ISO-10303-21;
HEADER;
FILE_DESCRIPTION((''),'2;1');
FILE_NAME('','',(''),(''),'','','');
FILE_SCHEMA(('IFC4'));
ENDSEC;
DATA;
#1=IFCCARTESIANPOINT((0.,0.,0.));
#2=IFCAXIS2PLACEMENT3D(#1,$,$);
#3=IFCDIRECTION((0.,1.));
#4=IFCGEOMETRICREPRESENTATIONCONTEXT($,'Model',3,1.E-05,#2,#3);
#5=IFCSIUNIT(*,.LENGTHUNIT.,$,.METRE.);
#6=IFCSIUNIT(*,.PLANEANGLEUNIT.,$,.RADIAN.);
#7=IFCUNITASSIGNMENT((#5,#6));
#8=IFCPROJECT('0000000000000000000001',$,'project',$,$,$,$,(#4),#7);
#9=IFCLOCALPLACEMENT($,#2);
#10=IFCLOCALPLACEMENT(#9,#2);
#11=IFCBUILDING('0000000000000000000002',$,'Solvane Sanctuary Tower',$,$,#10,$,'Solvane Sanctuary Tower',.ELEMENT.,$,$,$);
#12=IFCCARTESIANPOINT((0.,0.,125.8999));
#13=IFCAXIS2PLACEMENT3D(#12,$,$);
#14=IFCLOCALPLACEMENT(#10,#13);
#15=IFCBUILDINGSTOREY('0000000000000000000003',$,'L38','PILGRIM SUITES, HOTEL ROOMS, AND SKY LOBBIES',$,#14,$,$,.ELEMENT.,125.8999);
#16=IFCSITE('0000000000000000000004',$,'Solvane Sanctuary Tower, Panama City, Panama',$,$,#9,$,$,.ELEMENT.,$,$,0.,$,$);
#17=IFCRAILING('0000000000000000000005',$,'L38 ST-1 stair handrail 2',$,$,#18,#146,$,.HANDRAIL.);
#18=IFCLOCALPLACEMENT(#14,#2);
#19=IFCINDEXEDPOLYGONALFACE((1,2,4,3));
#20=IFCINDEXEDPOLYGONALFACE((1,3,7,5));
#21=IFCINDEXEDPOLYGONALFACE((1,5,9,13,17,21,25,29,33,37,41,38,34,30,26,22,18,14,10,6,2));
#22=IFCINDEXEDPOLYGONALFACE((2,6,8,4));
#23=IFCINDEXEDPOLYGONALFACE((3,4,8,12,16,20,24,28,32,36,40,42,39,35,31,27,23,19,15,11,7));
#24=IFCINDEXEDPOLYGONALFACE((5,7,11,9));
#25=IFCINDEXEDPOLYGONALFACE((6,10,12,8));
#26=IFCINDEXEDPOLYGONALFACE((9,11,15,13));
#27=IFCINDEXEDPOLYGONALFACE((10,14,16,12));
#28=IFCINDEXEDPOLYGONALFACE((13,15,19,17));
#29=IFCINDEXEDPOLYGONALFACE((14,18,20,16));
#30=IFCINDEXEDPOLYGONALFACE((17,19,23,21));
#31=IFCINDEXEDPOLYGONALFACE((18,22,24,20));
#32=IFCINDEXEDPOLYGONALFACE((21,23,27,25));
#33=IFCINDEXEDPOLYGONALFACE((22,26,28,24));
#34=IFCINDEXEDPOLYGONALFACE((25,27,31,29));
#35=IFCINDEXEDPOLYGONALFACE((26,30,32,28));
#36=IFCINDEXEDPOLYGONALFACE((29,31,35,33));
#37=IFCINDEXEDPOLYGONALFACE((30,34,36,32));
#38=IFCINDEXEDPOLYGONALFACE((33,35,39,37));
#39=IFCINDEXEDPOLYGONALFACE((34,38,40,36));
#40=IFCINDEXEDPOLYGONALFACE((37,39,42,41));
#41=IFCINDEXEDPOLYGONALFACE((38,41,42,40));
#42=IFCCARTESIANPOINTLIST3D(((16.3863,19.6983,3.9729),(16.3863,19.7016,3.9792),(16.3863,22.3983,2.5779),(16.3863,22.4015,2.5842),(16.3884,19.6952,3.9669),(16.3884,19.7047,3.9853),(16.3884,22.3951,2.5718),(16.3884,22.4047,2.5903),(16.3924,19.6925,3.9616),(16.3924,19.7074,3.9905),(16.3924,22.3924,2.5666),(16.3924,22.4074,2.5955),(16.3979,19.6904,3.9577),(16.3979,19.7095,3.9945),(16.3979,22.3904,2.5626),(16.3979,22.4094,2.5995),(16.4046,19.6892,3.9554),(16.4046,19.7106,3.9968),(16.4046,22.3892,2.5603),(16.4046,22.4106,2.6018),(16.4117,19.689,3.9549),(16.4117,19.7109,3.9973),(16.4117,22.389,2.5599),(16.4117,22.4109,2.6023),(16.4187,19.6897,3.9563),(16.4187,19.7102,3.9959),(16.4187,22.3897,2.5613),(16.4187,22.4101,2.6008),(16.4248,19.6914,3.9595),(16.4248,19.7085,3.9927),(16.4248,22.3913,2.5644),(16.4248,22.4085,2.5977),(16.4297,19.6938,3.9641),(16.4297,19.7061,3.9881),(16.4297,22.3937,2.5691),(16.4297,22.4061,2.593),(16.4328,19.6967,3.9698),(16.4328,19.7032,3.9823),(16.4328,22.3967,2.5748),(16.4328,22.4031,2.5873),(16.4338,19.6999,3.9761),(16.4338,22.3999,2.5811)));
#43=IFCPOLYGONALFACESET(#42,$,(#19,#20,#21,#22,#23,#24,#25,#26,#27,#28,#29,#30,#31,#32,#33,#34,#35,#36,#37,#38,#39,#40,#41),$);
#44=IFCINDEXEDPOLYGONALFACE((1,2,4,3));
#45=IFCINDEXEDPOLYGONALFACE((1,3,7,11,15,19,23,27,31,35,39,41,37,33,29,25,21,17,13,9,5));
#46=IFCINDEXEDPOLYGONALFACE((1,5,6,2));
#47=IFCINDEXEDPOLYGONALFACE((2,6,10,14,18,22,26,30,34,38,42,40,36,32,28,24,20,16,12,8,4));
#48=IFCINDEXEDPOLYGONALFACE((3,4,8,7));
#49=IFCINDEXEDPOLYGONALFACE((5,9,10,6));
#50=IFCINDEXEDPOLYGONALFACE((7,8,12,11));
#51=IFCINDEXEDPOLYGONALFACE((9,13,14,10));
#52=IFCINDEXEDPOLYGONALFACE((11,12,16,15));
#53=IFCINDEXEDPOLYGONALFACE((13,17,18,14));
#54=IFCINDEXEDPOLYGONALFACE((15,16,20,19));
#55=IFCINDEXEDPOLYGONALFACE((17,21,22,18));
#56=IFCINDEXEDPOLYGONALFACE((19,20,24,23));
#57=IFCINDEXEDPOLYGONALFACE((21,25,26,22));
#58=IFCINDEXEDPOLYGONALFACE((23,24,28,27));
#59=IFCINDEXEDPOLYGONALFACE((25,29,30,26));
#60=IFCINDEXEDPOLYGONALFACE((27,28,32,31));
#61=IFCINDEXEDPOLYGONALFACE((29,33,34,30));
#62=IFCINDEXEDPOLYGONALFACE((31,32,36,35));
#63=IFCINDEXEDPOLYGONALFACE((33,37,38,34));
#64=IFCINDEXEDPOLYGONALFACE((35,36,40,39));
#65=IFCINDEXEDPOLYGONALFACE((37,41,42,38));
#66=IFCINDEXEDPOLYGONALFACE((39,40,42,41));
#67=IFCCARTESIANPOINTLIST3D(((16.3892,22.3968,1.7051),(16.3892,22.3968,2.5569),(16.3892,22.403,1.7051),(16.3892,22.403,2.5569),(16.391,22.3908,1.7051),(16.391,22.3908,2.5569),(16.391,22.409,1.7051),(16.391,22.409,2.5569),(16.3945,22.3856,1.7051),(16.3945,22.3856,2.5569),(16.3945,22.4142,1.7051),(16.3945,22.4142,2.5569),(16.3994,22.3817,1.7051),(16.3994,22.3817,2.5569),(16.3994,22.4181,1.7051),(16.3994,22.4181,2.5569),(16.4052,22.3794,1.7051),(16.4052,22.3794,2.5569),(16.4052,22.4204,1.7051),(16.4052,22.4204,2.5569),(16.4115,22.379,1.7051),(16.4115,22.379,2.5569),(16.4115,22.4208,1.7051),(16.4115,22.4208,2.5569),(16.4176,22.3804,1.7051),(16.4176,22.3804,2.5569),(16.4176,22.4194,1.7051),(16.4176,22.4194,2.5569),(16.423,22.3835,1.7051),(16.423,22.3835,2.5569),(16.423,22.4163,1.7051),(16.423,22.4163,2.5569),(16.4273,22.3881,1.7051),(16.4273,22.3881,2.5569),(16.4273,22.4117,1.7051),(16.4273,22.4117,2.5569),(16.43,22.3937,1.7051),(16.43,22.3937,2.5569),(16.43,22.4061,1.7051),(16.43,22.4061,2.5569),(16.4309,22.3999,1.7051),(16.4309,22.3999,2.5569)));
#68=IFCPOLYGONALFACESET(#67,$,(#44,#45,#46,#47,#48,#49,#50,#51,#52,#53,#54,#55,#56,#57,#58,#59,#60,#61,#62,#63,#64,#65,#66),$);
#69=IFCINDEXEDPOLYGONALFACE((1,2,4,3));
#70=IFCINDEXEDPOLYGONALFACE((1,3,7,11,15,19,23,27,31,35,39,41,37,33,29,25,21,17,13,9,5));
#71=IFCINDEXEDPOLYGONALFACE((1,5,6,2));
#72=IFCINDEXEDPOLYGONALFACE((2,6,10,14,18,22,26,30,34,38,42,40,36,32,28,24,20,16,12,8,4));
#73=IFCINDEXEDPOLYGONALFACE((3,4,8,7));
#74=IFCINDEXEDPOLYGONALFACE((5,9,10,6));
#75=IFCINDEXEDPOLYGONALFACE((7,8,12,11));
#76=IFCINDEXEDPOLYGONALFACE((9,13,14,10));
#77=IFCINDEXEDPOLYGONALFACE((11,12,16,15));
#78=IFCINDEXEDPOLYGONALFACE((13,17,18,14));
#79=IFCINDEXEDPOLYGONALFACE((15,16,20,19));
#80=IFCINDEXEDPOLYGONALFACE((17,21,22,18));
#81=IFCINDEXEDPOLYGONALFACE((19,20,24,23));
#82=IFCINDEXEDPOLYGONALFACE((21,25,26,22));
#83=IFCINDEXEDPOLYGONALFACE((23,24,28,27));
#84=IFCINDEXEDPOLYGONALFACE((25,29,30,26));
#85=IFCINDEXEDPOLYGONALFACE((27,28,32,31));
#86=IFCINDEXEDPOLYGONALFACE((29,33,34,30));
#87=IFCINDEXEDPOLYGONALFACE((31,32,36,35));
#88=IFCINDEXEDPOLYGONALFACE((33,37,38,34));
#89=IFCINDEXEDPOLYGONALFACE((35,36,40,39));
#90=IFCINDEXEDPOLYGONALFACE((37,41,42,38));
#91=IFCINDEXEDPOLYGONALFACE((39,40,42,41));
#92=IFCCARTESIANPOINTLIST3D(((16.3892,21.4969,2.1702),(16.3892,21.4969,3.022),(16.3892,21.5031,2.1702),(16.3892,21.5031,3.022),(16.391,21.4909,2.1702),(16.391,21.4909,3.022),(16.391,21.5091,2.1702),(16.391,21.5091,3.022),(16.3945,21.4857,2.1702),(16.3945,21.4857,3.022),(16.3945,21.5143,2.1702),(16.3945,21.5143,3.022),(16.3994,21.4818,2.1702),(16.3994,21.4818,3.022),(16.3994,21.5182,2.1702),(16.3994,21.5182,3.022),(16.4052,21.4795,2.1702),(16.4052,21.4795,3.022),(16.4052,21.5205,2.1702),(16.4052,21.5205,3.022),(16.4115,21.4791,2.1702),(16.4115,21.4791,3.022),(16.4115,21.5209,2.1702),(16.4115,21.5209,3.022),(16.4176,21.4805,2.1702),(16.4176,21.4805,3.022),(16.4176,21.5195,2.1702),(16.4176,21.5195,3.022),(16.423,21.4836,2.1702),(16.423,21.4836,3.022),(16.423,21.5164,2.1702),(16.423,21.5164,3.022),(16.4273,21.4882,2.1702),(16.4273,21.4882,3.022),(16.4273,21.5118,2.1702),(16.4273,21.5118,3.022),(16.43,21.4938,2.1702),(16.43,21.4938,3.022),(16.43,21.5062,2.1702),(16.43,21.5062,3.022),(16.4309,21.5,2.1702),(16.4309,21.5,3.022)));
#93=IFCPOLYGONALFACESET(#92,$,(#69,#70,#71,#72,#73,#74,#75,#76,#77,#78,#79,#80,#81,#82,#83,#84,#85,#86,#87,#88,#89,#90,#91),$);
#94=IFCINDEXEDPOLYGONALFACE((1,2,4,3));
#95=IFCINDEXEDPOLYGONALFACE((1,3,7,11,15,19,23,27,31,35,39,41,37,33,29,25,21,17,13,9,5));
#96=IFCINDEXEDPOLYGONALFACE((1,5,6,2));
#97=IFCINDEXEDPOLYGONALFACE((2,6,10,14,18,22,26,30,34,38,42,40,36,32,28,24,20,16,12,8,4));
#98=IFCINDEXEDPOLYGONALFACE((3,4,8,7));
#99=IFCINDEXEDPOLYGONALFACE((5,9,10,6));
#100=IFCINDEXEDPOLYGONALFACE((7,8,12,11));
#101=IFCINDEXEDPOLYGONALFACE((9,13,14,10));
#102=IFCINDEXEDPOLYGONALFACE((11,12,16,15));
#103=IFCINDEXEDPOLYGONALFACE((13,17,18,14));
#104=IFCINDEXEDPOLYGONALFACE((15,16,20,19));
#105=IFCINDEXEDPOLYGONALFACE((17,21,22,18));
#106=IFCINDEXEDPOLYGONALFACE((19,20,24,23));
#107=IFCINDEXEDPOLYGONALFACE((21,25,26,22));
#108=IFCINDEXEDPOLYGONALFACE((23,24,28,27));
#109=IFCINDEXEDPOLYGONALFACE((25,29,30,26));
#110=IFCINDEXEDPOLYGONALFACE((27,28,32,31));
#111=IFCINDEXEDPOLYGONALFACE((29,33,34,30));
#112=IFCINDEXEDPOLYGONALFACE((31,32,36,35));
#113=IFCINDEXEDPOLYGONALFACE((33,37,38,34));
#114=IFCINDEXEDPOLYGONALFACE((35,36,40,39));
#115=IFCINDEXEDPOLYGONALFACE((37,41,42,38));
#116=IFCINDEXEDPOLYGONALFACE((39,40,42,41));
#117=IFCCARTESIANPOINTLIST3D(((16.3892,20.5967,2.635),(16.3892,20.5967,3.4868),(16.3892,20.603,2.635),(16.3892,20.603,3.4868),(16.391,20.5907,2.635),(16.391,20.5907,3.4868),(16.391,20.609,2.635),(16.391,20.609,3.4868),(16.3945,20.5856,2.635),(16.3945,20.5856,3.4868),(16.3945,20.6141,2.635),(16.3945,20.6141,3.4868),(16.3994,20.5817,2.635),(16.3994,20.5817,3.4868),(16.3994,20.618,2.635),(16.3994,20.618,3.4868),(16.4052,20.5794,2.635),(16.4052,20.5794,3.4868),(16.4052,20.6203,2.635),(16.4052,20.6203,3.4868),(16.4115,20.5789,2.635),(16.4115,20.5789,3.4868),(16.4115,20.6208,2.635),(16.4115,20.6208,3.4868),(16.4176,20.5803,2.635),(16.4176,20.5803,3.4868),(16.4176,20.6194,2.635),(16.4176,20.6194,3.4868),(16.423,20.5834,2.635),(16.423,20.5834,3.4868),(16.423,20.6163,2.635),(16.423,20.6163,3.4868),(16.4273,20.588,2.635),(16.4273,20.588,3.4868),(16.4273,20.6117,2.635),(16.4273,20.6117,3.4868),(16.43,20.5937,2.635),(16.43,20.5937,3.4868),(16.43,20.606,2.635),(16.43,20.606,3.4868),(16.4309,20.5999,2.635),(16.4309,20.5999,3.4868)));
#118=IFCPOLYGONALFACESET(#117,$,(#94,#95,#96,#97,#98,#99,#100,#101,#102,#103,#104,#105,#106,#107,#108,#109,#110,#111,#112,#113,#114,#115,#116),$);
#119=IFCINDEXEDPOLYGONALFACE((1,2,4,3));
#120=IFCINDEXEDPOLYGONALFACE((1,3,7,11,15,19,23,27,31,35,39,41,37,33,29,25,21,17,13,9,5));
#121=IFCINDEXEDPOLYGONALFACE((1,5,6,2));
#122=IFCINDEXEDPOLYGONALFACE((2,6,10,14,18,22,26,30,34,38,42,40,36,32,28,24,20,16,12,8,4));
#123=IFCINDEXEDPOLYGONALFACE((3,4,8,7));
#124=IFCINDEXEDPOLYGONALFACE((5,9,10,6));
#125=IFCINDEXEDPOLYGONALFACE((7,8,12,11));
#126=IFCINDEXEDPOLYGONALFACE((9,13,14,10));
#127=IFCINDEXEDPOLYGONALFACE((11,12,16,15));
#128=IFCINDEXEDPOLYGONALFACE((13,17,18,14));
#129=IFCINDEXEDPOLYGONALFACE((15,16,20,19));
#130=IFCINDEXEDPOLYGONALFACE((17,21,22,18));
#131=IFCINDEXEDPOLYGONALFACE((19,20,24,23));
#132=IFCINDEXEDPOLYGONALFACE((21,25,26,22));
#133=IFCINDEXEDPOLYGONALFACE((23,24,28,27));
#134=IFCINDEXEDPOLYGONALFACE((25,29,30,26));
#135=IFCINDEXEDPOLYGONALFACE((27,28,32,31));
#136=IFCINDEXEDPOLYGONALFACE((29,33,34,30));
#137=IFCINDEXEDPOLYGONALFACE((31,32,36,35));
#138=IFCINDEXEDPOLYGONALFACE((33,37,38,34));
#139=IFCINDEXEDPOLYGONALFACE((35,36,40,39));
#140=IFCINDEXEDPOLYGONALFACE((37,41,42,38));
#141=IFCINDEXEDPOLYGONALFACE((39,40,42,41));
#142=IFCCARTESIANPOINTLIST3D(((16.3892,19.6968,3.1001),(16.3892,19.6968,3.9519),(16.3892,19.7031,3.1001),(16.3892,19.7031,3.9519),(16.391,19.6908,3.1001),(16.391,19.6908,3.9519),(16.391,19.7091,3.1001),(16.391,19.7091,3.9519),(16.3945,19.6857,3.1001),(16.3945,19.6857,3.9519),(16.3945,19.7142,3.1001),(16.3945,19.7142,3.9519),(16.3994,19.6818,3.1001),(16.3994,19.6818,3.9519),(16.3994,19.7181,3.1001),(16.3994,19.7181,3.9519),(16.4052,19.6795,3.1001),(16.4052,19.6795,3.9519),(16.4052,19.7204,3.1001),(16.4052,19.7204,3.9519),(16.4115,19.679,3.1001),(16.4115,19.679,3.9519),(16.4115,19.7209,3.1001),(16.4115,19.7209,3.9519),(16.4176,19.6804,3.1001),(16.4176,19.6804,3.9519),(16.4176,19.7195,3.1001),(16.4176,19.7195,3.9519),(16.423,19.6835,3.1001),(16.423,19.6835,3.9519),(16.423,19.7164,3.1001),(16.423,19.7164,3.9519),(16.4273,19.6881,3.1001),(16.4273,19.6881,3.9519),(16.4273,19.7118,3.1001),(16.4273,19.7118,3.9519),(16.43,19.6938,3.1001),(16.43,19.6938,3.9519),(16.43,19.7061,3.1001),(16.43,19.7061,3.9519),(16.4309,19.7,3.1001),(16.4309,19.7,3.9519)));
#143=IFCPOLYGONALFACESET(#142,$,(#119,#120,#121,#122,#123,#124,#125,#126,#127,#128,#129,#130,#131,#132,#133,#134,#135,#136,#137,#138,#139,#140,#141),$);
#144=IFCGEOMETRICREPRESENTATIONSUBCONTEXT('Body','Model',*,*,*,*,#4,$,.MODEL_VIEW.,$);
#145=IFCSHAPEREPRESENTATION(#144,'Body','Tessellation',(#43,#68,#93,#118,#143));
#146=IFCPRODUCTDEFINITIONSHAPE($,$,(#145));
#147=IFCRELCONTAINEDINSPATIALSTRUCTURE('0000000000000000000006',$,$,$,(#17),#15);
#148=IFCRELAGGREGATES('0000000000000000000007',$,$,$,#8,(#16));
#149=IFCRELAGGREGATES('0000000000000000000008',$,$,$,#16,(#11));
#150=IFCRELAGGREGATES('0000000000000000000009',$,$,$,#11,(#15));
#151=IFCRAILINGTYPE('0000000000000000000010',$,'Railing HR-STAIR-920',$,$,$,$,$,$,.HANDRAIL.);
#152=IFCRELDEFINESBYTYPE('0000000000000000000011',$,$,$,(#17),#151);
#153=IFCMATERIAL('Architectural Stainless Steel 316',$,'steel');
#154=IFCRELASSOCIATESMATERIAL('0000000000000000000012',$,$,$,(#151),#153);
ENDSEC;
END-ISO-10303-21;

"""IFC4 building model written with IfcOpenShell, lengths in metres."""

from ifc_helpers import new_model, si_unit, direction, frame, origin, origin_2d, place, context, subcontext, project, spatial, circle, extrude, material, type_object, element, save


model = new_model("IFC4")

# Units and contexts
model_context = context("Model", 3, precision=1e-05, world=origin(), true_north=direction((0.0, 1.0)))
body_context = subcontext(model_context, "Body", "Model", "MODEL_VIEW")
ifc_project = project(units=[si_unit("LENGTHUNIT", "METRE"), si_unit("PLANEANGLEUNIT", "RADIAN")], contexts=[model_context])

# Site, building, storey
site_placement = place(None, origin())
site = spatial("IfcSite", under=ifc_project, at=site_placement, Name="Solvane Sanctuary Tower, Panama City, Panama", CompositionType="ELEMENT", RefElevation=0.0)
building_placement = place(site_placement, origin())
building = spatial("IfcBuilding", under=site, at=building_placement, Name="Solvane Sanctuary Tower", LongName="Solvane Sanctuary Tower", CompositionType="ELEMENT")
storey_placement = place(building_placement, frame((0.0, 0.0, 125.8999)))
storey = spatial("IfcBuildingStorey", under=building, at=storey_placement, Name="L38", Description="PILGRIM SUITES, HOTEL ROOMS, AND SKY LOBBIES", CompositionType="ELEMENT", Elevation=125.8999)

# Shared definitions
ifc_material_1 = material(Name="Architectural Stainless Steel 316", Category="steel")

# Railing
railing_type_1 = type_object("IfcRailingType", Name="Railing HR-STAIR-920", PredefinedType="HANDRAIL", material=ifc_material_1)
railing_1_placement = place(storey_placement, frame((16.4099, 22.3999, 1.7051)))
element("IfcRailing", 1, at=railing_1_placement, inside=storey, type_object=railing_type_1, Name="L38 ST-1 stair handrail 2", PredefinedType="HANDRAIL", context=body_context, shape_type="SweptSolid", body=[
    extrude(circle(Radius=0.0239, at=origin_2d()), frame((0.0, 0.0, 0.876), z_axis=(0.0, -0.88842, 0.459032), x_axis=(1.0, 0.0, 0.0)), (0.0, 0.0, 1.0), 3.0391),
    extrude(circle(Radius=0.021, at=origin_2d()), origin(), (0.0, 0.0, 1.0), 0.8518),
    extrude(circle(Radius=0.021, at=origin_2d()), frame((0.0, -0.8999, 0.4651)), (0.0, 0.0, 1.0), 0.8518),
    extrude(circle(Radius=0.021, at=origin_2d()), frame((0.0, -1.8, 0.9299)), (0.0, 0.0, 1.0), 0.8518),
    extrude(circle(Radius=0.021, at=origin_2d()), frame((0.0, -2.7, 1.395)), (0.0, 0.0, 1.0), 0.8518),
])

save(model, "model.ifc")
